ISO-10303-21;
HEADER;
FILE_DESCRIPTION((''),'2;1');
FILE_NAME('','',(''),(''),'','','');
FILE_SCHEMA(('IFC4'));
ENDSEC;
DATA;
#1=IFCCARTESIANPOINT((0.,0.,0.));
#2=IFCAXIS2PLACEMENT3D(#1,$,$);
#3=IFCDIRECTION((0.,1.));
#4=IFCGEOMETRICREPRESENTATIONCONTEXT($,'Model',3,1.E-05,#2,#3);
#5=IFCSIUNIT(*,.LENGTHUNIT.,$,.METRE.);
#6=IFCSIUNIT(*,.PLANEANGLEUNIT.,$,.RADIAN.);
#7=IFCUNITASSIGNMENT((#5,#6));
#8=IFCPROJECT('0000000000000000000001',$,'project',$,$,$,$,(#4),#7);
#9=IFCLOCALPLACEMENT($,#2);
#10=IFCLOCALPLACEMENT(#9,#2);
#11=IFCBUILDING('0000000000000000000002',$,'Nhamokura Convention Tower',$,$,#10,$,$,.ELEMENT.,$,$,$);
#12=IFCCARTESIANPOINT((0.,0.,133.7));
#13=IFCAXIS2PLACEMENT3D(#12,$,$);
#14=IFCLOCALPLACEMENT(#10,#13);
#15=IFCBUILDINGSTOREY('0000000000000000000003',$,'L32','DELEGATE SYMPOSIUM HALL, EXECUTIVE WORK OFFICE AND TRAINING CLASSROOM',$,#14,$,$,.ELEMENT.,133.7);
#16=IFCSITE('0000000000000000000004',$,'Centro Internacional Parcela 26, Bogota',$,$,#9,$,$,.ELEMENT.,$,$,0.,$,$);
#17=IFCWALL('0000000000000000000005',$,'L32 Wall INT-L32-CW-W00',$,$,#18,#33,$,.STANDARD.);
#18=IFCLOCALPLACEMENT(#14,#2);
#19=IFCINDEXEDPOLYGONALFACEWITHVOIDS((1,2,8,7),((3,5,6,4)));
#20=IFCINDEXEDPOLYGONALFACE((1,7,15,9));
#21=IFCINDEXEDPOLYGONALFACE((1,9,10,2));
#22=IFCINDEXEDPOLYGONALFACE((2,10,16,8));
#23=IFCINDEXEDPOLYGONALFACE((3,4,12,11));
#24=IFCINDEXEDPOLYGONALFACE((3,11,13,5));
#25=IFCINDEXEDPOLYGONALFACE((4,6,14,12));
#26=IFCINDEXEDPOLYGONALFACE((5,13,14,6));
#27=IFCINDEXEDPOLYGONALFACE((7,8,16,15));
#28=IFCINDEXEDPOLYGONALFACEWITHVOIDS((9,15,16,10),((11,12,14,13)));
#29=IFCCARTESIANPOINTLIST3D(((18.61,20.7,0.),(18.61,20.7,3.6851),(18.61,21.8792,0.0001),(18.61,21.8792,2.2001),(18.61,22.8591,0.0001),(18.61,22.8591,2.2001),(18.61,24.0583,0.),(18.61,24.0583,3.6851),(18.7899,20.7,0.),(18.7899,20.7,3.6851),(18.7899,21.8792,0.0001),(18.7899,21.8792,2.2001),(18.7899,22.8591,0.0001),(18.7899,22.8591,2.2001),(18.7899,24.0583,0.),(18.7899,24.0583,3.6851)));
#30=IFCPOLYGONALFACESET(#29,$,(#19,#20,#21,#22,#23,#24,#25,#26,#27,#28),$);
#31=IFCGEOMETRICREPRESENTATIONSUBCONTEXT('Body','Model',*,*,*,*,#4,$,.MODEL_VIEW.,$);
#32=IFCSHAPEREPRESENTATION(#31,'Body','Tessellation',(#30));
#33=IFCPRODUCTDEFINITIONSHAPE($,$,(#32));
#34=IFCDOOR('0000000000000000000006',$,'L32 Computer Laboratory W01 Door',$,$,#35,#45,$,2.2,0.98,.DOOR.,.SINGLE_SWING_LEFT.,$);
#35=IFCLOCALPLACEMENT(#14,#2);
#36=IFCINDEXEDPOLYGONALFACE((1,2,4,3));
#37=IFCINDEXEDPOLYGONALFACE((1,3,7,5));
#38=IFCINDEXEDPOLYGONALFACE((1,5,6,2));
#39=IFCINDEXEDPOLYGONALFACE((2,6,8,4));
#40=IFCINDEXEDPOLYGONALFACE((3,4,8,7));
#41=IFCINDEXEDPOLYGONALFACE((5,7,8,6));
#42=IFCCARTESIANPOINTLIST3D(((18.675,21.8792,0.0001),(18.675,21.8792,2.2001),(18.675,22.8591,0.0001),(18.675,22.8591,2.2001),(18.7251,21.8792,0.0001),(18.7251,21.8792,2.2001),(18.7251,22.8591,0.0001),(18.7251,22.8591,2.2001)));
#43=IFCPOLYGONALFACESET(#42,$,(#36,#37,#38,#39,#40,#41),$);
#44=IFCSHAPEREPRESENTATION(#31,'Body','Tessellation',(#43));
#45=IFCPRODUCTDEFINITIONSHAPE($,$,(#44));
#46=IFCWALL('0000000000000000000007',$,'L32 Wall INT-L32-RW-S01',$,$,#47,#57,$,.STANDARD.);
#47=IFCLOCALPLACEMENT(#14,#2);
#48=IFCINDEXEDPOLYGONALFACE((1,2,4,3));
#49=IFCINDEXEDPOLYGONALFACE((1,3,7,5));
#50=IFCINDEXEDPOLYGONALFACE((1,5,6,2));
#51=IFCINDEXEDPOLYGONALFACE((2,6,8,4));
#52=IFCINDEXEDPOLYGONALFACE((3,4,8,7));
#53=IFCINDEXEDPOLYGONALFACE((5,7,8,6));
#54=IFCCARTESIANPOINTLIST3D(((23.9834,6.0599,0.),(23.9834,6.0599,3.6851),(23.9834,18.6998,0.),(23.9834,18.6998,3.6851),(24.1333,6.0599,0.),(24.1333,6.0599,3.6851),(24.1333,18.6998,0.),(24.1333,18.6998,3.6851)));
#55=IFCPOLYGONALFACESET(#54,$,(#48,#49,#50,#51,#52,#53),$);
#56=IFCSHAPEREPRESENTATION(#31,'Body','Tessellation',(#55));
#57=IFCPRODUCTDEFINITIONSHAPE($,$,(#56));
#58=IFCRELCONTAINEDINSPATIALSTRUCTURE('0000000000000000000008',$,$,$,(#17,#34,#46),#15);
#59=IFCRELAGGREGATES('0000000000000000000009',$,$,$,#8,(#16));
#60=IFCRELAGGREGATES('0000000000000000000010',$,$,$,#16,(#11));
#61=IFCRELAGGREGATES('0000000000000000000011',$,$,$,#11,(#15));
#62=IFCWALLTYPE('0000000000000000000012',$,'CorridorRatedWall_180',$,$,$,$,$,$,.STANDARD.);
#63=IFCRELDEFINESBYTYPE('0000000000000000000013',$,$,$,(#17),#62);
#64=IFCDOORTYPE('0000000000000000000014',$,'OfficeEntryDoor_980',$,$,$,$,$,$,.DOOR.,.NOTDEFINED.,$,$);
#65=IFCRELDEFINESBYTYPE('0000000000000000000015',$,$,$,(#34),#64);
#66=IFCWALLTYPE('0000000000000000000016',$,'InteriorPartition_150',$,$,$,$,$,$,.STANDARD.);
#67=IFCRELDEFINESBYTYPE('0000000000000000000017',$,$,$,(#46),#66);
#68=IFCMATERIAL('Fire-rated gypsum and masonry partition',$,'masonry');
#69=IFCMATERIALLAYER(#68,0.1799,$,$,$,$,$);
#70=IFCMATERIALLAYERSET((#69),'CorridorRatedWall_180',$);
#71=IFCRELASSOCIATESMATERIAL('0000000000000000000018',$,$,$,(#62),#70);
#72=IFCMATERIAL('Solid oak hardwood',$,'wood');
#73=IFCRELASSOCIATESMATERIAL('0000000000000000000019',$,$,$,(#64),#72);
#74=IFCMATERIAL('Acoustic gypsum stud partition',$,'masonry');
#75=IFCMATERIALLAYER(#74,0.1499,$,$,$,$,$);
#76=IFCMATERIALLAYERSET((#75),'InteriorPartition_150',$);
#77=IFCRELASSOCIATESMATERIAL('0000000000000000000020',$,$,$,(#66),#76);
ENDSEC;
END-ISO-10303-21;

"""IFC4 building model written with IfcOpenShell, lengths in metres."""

from ifc_helpers import new_model, si_unit, direction, frame, frame_2d, origin, place, context, subcontext, project, spatial, rectangle, extrude, material, layer, layer_set, type_object, element, fill, save


model = new_model("IFC4")

# Units and contexts
model_context = context("Model", 3, precision=1e-05, world=origin(), true_north=direction((0.0, 1.0)))
body_context = subcontext(model_context, "Body", "Model", "MODEL_VIEW")
ifc_project = project(units=[si_unit("LENGTHUNIT", "METRE"), si_unit("PLANEANGLEUNIT", "RADIAN")], contexts=[model_context])

# Site, building, storey
site_placement = place(None, origin())
site = spatial("IfcSite", under=ifc_project, at=site_placement, Name="Centro Internacional Parcela 26, Bogota", CompositionType="ELEMENT", RefElevation=0.0)
building_placement = place(site_placement, origin())
building = spatial("IfcBuilding", under=site, at=building_placement, Name="Nhamokura Convention Tower", CompositionType="ELEMENT")
storey_placement = place(building_placement, frame((0.0, 0.0, 133.7)))
storey = spatial("IfcBuildingStorey", under=building, at=storey_placement, Name="L32", Description="DELEGATE SYMPOSIUM HALL, EXECUTIVE WORK OFFICE AND TRAINING CLASSROOM", CompositionType="ELEMENT", Elevation=133.7)

# Wall, opening, door
ifc_material_1 = material(Name="Fire-rated gypsum and masonry partition", Category="masonry")
ifc_layer_1 = layer(ifc_material_1, 0.1799)
ifc_layer_set_1 = layer_set([ifc_layer_1], Name="CorridorRatedWall_180")
wall_type_1 = type_object("IfcWallType", Name="CorridorRatedWall_180", PredefinedType="STANDARD", material=ifc_layer_set_1)
ifc_material_2 = material(Name="Solid oak hardwood", Category="wood")
door_type_1 = type_object("IfcDoorType", Name="OfficeEntryDoor_980", OperationType="NOTDEFINED", PredefinedType="DOOR", material=ifc_material_2)
wall_1_placement = place(storey_placement, frame((18.7, 20.7, 0.0), z_axis=(0.0, 0.0, 1.0), x_axis=(0.0, 1.0, 0.0)))
wall_1 = element("IfcWall", 1, at=wall_1_placement, inside=storey, type_object=wall_type_1, Name="L32 Wall INT-L32-CW-W00", PredefinedType="STANDARD", context=body_context, shape_type="SweptSolid", body=[
    extrude(rectangle(XDim=3.3584, YDim=0.1799, at=frame_2d((1.6792, 0.0))), origin(), (0.0, 0.0, 1.0), 3.6851),
])
opening_1_placement = place(wall_1_placement, frame((1.1792, 0.0, 0.0)))
opening_1 = element("IfcOpeningElement", 2, at=opening_1_placement, cuts=wall_1, PredefinedType="OPENING", context=body_context, shape_type="SweptSolid", body=[
    extrude(rectangle(XDim=0.98, YDim=2.2, at=frame_2d((0.49, 1.1001))), frame((0.0, 0.0999, 0.0), z_axis=(0.0, -1.0, 0.0), x_axis=(1.0, 0.0, 0.0)), (0.0, 0.0, 1.0), 0.2),
])
door_1_placement = place(opening_1_placement, origin())
door_1 = element("IfcDoor", 3, at=door_1_placement, inside=storey, type_object=door_type_1, Name="L32 Computer Laboratory W01 Door", OperationType="SINGLE_SWING_LEFT", OverallHeight=2.2, OverallWidth=0.98, PredefinedType="DOOR", context=body_context, shape_type="SweptSolid", body=[
    extrude(rectangle(XDim=0.98, YDim=2.2, at=frame_2d((0.49, 1.1001))), frame((0.0, 0.0249, 0.0), z_axis=(0.0, -1.0, 0.0), x_axis=(1.0, 0.0, 0.0)), (0.0, 0.0, 1.0), 0.05),
])
fill(opening_1, door_1)

# Wall
ifc_material_3 = material(Name="Acoustic gypsum stud partition", Category="masonry")
ifc_layer_2 = layer(ifc_material_3, 0.1499)
ifc_layer_set_2 = layer_set([ifc_layer_2], Name="InteriorPartition_150")
wall_type_2 = type_object("IfcWallType", Name="InteriorPartition_150", PredefinedType="STANDARD", material=ifc_layer_set_2)
wall_2_placement = place(storey_placement, frame((24.0583, 6.0601, 0.0), z_axis=(0.0, 0.0, 1.0), x_axis=(0.0, 1.0, 0.0)))
element("IfcWall", 4, at=wall_2_placement, inside=storey, type_object=wall_type_2, Name="L32 Wall INT-L32-RW-S01", PredefinedType="STANDARD", context=body_context, shape_type="SweptSolid", body=[
    extrude(rectangle(XDim=12.6399, YDim=0.1499, at=frame_2d((6.3198, 0.0))), origin(), (0.0, 0.0, 1.0), 3.6851),
])

save(model, "model.ifc")
